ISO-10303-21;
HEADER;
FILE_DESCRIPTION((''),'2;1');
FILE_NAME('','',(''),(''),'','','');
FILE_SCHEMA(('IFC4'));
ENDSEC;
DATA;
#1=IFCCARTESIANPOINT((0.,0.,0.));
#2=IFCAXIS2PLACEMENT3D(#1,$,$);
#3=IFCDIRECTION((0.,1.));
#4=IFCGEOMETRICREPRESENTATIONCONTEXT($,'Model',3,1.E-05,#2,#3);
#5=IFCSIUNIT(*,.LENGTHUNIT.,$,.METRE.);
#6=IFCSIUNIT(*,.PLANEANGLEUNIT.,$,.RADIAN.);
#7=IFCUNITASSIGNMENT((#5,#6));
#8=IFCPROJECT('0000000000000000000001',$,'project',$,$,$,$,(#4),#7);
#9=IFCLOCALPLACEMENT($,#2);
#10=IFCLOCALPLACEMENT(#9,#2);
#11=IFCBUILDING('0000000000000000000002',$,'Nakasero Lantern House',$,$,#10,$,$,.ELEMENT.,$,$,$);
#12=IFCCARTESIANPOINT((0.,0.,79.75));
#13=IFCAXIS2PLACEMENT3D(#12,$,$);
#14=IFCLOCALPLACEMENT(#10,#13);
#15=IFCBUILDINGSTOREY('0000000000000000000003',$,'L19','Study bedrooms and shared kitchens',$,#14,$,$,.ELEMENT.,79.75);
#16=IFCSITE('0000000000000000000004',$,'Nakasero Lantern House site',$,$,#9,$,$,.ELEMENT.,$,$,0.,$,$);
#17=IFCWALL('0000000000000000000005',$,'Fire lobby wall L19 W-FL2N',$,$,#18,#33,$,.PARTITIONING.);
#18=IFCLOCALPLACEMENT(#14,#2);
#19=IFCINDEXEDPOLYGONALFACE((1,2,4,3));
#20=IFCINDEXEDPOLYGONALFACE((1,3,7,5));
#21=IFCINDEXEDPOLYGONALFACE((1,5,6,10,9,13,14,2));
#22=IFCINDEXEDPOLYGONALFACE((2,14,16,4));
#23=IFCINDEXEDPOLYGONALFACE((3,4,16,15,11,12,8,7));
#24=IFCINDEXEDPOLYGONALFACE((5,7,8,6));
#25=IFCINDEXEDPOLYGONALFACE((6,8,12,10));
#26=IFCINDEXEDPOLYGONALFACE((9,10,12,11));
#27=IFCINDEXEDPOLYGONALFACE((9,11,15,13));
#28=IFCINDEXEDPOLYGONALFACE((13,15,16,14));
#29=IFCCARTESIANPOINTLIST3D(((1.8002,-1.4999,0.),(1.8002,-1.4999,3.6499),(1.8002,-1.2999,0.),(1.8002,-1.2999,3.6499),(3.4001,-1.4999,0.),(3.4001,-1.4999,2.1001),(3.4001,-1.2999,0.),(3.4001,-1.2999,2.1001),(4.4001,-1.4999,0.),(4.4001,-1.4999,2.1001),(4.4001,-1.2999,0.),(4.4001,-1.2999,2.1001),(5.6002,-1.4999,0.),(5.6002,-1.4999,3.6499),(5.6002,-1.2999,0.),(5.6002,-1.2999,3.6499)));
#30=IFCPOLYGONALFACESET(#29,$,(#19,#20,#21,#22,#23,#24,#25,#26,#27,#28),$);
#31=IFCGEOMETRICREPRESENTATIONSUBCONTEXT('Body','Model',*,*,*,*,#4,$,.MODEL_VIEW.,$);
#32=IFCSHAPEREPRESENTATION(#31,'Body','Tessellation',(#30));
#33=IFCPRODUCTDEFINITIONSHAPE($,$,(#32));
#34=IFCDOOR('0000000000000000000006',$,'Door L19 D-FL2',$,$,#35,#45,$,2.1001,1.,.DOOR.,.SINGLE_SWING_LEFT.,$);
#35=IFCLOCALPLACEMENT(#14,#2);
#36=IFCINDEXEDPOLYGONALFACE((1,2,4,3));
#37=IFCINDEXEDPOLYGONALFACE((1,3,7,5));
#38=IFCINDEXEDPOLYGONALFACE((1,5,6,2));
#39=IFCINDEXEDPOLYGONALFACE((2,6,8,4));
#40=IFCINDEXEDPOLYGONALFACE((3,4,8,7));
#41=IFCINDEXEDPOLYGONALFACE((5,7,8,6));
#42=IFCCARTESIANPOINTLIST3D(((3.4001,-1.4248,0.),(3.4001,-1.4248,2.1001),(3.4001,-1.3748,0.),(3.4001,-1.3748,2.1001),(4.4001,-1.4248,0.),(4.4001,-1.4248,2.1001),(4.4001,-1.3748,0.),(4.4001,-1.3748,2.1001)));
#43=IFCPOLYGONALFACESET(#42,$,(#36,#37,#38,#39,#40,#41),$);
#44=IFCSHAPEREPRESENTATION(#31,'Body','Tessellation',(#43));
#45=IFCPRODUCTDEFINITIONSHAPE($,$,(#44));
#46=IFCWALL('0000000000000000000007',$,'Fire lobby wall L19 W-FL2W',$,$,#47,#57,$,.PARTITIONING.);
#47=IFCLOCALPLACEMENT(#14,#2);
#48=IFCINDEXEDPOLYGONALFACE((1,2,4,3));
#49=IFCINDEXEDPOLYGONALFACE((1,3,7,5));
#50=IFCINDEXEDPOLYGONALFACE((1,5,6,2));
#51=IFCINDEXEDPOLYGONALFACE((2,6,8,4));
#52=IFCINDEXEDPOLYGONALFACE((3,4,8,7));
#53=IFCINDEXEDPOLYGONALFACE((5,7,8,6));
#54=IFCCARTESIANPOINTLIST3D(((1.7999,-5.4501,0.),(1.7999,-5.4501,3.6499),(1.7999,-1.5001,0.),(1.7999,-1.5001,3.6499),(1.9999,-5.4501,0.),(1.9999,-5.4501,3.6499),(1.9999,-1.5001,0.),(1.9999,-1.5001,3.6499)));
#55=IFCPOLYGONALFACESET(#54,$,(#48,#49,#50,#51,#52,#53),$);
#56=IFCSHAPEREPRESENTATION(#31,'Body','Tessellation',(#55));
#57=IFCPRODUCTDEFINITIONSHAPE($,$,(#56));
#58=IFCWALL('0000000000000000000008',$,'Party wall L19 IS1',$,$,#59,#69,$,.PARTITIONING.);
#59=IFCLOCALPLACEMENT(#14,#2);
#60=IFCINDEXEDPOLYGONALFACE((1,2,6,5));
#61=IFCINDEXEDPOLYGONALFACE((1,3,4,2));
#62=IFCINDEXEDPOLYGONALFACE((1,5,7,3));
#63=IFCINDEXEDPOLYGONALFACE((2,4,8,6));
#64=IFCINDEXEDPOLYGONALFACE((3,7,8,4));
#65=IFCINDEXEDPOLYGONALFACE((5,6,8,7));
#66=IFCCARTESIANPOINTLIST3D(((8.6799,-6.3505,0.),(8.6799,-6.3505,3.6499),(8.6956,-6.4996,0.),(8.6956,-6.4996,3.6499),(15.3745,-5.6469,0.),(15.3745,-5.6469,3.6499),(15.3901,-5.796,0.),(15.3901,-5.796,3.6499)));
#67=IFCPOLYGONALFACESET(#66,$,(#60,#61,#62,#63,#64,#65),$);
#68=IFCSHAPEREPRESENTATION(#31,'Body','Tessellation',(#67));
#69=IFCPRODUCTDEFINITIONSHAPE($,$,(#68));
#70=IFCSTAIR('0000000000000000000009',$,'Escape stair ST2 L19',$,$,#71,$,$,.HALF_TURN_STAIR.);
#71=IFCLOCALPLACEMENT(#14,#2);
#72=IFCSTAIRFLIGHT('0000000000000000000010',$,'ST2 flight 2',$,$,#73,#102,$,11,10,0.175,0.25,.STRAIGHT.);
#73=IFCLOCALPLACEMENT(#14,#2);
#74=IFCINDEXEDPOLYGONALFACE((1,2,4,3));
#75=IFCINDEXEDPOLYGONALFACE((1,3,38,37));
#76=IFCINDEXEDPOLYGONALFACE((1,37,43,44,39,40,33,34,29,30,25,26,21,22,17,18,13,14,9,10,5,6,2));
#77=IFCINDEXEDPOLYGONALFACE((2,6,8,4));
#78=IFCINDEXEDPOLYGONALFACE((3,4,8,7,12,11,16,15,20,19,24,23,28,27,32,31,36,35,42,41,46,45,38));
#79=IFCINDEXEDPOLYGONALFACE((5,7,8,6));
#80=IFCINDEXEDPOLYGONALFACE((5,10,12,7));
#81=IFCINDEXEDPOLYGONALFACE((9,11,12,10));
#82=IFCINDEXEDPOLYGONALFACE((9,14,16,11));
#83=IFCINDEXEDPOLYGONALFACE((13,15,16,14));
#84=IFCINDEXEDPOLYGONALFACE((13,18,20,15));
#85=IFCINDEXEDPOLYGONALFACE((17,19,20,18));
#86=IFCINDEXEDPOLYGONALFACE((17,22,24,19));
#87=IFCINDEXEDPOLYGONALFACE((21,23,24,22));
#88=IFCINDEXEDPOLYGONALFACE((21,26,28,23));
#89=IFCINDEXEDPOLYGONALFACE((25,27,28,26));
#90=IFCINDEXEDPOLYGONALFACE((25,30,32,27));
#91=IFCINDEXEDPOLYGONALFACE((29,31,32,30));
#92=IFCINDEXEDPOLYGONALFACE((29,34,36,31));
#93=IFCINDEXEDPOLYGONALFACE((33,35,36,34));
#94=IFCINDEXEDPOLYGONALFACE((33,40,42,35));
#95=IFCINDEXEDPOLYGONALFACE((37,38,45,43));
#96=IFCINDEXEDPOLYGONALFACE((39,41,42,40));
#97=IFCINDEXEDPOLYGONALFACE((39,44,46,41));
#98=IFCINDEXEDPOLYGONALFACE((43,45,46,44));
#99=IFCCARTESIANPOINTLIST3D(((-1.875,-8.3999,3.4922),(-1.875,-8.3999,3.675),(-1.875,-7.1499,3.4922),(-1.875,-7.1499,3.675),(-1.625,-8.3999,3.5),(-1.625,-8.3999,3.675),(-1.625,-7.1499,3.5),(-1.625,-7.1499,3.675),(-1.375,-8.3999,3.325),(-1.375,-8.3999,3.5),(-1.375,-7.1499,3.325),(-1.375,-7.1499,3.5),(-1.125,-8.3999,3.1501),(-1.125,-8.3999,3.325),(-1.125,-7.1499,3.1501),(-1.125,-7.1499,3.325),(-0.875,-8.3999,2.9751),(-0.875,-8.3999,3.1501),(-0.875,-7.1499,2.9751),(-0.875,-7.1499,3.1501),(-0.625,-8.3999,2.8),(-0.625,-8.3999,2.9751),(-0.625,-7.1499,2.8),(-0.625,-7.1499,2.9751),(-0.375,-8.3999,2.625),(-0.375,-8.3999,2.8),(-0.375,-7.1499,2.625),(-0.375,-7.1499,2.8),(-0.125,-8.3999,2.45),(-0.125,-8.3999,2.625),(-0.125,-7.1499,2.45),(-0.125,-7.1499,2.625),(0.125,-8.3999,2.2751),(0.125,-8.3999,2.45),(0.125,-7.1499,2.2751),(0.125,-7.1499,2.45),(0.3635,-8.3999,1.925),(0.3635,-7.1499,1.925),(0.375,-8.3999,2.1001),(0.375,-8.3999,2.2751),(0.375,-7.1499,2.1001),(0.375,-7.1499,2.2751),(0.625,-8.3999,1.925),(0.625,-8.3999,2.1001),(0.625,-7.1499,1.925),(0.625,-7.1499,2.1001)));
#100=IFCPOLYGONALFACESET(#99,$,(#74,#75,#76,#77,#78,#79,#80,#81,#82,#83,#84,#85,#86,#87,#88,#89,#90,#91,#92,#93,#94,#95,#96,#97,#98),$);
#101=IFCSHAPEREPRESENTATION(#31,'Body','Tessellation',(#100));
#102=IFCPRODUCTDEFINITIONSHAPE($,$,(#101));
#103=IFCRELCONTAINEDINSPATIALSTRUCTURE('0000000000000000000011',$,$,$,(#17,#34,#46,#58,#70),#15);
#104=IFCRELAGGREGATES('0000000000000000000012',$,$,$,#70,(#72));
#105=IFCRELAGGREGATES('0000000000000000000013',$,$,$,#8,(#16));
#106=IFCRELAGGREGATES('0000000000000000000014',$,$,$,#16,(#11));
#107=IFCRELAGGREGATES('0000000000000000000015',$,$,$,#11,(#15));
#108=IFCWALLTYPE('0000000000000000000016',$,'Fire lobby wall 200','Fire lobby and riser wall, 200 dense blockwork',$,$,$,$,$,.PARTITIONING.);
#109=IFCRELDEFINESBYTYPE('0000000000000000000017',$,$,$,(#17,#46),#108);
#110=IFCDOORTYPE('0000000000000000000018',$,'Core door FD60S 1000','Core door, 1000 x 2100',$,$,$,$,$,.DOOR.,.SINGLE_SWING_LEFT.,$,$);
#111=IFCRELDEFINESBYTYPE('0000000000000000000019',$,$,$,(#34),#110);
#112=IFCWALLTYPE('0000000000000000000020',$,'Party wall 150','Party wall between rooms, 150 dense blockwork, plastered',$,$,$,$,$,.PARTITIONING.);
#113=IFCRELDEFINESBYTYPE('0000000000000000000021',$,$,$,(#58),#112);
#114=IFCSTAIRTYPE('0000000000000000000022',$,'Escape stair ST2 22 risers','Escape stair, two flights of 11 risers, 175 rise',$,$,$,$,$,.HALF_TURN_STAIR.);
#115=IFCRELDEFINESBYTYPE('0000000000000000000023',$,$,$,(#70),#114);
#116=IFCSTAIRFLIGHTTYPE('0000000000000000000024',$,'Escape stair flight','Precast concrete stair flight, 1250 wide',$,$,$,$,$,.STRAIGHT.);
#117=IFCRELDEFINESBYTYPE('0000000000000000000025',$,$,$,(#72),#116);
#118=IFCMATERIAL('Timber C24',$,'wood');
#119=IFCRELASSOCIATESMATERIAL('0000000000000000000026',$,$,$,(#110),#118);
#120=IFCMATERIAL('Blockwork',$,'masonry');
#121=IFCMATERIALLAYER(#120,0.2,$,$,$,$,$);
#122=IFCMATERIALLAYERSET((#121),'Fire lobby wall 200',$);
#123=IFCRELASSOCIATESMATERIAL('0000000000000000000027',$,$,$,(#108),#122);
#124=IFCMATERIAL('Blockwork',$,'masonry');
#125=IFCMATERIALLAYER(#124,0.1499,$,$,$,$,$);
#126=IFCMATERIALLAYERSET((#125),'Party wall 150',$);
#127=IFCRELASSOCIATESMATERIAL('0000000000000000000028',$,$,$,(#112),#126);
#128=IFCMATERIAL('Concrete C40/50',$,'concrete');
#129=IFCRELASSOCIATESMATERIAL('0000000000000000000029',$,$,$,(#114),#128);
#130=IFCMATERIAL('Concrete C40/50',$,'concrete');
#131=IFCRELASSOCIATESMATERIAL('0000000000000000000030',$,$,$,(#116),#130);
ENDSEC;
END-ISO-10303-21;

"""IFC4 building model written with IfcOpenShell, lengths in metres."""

from ifc_helpers import new_model, si_unit, direction, frame, frame_2d, origin, place, context, subcontext, project, spatial, polyline, rectangle, outline, extrude, material, layer, layer_set, type_object, element, fill, aggregate, save


model = new_model("IFC4")

# Units and contexts
model_context = context("Model", 3, precision=1e-05, world=origin(), true_north=direction((0.0, 1.0)))
body_context = subcontext(model_context, "Body", "Model", "MODEL_VIEW")
ifc_project = project(units=[si_unit("LENGTHUNIT", "METRE"), si_unit("PLANEANGLEUNIT", "RADIAN")], contexts=[model_context])

# Site, building, storey
site_placement = place(None, origin())
site = spatial("IfcSite", under=ifc_project, at=site_placement, Name="Nakasero Lantern House site", CompositionType="ELEMENT", RefElevation=0.0)
building_placement = place(site_placement, origin())
building = spatial("IfcBuilding", under=site, at=building_placement, Name="Nakasero Lantern House", CompositionType="ELEMENT")
storey_placement = place(building_placement, frame((0.0, 0.0, 79.75)))
storey = spatial("IfcBuildingStorey", under=building, at=storey_placement, Name="L19", Description="Study bedrooms and shared kitchens", CompositionType="ELEMENT", Elevation=79.75)

# Shared definitions
ifc_material_1 = material(Name="Timber C24", Category="wood")
door_type_1 = type_object("IfcDoorType", Name="Core door FD60S 1000", Description="Core door, 1000 x 2100", OperationType="SINGLE_SWING_LEFT", PredefinedType="DOOR", material=ifc_material_1)

# Wall, opening, door
ifc_material_2 = material(Name="Blockwork", Category="masonry")
ifc_layer_1 = layer(ifc_material_2, 0.2)
ifc_layer_set_1 = layer_set([ifc_layer_1], Name="Fire lobby wall 200")
wall_type_1 = type_object("IfcWallType", Name="Fire lobby wall 200", Description="Fire lobby and riser wall, 200 dense blockwork", PredefinedType="PARTITIONING", material=ifc_layer_set_1)
wall_1_placement = place(storey_placement, frame((5.6001, -1.3999, 0.0), z_axis=(0.0, 0.0, 1.0), x_axis=(-1.0, 0.0, 0.0)))
wall_1 = element("IfcWall", 1, at=wall_1_placement, inside=storey, type_object=wall_type_1, Name="Fire lobby wall L19 W-FL2N", PredefinedType="PARTITIONING", context=body_context, shape_type="SweptSolid", body=[
    extrude(rectangle(XDim=3.8, YDim=0.2, at=frame_2d((1.8999, 0.0))), origin(), (0.0, 0.0, 1.0), 3.6499),
])
opening_1_placement = place(wall_1_placement, frame((1.2, 0.0, 0.0)))
opening_1 = element("IfcOpeningElement", 2, at=opening_1_placement, cuts=wall_1, PredefinedType="OPENING", context=body_context, shape_type="SweptSolid", body=[
    extrude(rectangle(XDim=1.0, YDim=2.1001, at=frame_2d((0.5, 1.05))), frame((0.0, 0.1199, 0.0), z_axis=(0.0, -1.0, 0.0), x_axis=(1.0, 0.0, 0.0)), (0.0, 0.0, 1.0), 0.24),
])
door_1_placement = place(opening_1_placement, origin())
door_1 = element("IfcDoor", 3, at=door_1_placement, inside=storey, type_object=door_type_1, Name="Door L19 D-FL2", OperationType="SINGLE_SWING_LEFT", OverallHeight=2.1001, OverallWidth=1.0, PredefinedType="DOOR", context=body_context, shape_type="SweptSolid", body=[
    extrude(rectangle(XDim=1.0, YDim=2.1001, at=frame_2d((0.5, 1.05))), frame((0.0, 0.0249, 0.0), z_axis=(0.0, -1.0, 0.0), x_axis=(1.0, 0.0, 0.0)), (0.0, 0.0, 1.0), 0.05),
])
fill(opening_1, door_1)

# Walls
wall_2_placement = place(storey_placement, frame((1.8999, -1.5, 0.0), z_axis=(0.0, 0.0, 1.0), x_axis=(0.0, -1.0, 0.0)))
element("IfcWall", 4, at=wall_2_placement, inside=storey, type_object=wall_type_1, Name="Fire lobby wall L19 W-FL2W", PredefinedType="PARTITIONING", context=body_context, shape_type="SweptSolid", body=[
    extrude(rectangle(XDim=3.95, YDim=0.2, at=frame_2d((1.9751, 0.0))), origin(), (0.0, 0.0, 1.0), 3.6499),
])
ifc_material_3 = material(Name="Blockwork", Category="masonry")
ifc_layer_2 = layer(ifc_material_3, 0.1499)
ifc_layer_set_2 = layer_set([ifc_layer_2], Name="Party wall 150")
wall_type_2 = type_object("IfcWallType", Name="Party wall 150", Description="Party wall between rooms, 150 dense blockwork, plastered", PredefinedType="PARTITIONING", material=ifc_layer_set_2)
wall_3_placement = place(storey_placement, frame((8.6877, -6.425, 0.0), z_axis=(0.0, 0.0, 1.0), x_axis=(0.994522, 0.104526, 0.0)))
element("IfcWall", 5, at=wall_3_placement, inside=storey, type_object=wall_type_2, Name="Party wall L19 IS1", PredefinedType="PARTITIONING", context=body_context, shape_type="SweptSolid", body=[
    extrude(rectangle(XDim=6.7314, YDim=0.1499, at=frame_2d((3.3657, 0.0))), origin(), (0.0, 0.0, 1.0), 3.6499),
])

# Stair, stair flight
ifc_material_4 = material(Name="Concrete C40/50", Category="concrete")
stair_type = type_object("IfcStairType", Name="Escape stair ST2 22 risers", Description="Escape stair, two flights of 11 risers, 175 rise", PredefinedType="HALF_TURN_STAIR", material=ifc_material_4)
stair_placement = place(storey_placement, origin())
stair = element("IfcStair", 6, at=stair_placement, inside=storey, type_object=stair_type, Name="Escape stair ST2 L19", PredefinedType="HALF_TURN_STAIR")
ifc_material_5 = material(Name="Concrete C40/50", Category="concrete")
stair_flight_type = type_object("IfcStairFlightType", Name="Escape stair flight", Description="Precast concrete stair flight, 1250 wide", PredefinedType="STRAIGHT", material=ifc_material_5)
stair_flight_placement = place(storey_placement, frame((0.625, -7.7749, 1.925), z_axis=(0.0, 0.0, 1.0), x_axis=(-1.0, 0.0, 0.0)))
stair_flight = element("IfcStairFlight", 7, at=stair_flight_placement, type_object=stair_flight_type, Name="ST2 flight 2", NumberOfRisers=11, NumberOfTreads=10, PredefinedType="STRAIGHT", RiserHeight=0.175, TreadLength=0.25, context=body_context, shape_type="SweptSolid", body=[
    extrude(outline(polyline([(0.0, 0.0), (0.0, 0.175), (0.25, 0.175), (0.25, 0.3501), (0.5, 0.3501), (0.5, 0.5249), (0.75, 0.5249), (0.75, 0.7), (1.0, 0.7), (1.0, 0.875), (1.25, 0.875), (1.25, 1.05), (1.5, 1.05), (1.5, 1.2251), (1.75, 1.2251), (1.75, 1.3999), (2.0, 1.3999), (2.0, 1.575), (2.25, 1.575), (2.25, 1.75), (2.5, 1.75), (2.5, 1.925), (2.5, 1.5671), (0.2615, 0.0), (0.0, 0.0)])), frame((0.0, 0.625, 0.0), z_axis=(0.0, -1.0, 0.0), x_axis=(1.0, 0.0, 0.0)), (0.0, 0.0, 1.0), 1.25),
])
aggregate(stair, [stair_flight])

save(model, "model.ifc")
